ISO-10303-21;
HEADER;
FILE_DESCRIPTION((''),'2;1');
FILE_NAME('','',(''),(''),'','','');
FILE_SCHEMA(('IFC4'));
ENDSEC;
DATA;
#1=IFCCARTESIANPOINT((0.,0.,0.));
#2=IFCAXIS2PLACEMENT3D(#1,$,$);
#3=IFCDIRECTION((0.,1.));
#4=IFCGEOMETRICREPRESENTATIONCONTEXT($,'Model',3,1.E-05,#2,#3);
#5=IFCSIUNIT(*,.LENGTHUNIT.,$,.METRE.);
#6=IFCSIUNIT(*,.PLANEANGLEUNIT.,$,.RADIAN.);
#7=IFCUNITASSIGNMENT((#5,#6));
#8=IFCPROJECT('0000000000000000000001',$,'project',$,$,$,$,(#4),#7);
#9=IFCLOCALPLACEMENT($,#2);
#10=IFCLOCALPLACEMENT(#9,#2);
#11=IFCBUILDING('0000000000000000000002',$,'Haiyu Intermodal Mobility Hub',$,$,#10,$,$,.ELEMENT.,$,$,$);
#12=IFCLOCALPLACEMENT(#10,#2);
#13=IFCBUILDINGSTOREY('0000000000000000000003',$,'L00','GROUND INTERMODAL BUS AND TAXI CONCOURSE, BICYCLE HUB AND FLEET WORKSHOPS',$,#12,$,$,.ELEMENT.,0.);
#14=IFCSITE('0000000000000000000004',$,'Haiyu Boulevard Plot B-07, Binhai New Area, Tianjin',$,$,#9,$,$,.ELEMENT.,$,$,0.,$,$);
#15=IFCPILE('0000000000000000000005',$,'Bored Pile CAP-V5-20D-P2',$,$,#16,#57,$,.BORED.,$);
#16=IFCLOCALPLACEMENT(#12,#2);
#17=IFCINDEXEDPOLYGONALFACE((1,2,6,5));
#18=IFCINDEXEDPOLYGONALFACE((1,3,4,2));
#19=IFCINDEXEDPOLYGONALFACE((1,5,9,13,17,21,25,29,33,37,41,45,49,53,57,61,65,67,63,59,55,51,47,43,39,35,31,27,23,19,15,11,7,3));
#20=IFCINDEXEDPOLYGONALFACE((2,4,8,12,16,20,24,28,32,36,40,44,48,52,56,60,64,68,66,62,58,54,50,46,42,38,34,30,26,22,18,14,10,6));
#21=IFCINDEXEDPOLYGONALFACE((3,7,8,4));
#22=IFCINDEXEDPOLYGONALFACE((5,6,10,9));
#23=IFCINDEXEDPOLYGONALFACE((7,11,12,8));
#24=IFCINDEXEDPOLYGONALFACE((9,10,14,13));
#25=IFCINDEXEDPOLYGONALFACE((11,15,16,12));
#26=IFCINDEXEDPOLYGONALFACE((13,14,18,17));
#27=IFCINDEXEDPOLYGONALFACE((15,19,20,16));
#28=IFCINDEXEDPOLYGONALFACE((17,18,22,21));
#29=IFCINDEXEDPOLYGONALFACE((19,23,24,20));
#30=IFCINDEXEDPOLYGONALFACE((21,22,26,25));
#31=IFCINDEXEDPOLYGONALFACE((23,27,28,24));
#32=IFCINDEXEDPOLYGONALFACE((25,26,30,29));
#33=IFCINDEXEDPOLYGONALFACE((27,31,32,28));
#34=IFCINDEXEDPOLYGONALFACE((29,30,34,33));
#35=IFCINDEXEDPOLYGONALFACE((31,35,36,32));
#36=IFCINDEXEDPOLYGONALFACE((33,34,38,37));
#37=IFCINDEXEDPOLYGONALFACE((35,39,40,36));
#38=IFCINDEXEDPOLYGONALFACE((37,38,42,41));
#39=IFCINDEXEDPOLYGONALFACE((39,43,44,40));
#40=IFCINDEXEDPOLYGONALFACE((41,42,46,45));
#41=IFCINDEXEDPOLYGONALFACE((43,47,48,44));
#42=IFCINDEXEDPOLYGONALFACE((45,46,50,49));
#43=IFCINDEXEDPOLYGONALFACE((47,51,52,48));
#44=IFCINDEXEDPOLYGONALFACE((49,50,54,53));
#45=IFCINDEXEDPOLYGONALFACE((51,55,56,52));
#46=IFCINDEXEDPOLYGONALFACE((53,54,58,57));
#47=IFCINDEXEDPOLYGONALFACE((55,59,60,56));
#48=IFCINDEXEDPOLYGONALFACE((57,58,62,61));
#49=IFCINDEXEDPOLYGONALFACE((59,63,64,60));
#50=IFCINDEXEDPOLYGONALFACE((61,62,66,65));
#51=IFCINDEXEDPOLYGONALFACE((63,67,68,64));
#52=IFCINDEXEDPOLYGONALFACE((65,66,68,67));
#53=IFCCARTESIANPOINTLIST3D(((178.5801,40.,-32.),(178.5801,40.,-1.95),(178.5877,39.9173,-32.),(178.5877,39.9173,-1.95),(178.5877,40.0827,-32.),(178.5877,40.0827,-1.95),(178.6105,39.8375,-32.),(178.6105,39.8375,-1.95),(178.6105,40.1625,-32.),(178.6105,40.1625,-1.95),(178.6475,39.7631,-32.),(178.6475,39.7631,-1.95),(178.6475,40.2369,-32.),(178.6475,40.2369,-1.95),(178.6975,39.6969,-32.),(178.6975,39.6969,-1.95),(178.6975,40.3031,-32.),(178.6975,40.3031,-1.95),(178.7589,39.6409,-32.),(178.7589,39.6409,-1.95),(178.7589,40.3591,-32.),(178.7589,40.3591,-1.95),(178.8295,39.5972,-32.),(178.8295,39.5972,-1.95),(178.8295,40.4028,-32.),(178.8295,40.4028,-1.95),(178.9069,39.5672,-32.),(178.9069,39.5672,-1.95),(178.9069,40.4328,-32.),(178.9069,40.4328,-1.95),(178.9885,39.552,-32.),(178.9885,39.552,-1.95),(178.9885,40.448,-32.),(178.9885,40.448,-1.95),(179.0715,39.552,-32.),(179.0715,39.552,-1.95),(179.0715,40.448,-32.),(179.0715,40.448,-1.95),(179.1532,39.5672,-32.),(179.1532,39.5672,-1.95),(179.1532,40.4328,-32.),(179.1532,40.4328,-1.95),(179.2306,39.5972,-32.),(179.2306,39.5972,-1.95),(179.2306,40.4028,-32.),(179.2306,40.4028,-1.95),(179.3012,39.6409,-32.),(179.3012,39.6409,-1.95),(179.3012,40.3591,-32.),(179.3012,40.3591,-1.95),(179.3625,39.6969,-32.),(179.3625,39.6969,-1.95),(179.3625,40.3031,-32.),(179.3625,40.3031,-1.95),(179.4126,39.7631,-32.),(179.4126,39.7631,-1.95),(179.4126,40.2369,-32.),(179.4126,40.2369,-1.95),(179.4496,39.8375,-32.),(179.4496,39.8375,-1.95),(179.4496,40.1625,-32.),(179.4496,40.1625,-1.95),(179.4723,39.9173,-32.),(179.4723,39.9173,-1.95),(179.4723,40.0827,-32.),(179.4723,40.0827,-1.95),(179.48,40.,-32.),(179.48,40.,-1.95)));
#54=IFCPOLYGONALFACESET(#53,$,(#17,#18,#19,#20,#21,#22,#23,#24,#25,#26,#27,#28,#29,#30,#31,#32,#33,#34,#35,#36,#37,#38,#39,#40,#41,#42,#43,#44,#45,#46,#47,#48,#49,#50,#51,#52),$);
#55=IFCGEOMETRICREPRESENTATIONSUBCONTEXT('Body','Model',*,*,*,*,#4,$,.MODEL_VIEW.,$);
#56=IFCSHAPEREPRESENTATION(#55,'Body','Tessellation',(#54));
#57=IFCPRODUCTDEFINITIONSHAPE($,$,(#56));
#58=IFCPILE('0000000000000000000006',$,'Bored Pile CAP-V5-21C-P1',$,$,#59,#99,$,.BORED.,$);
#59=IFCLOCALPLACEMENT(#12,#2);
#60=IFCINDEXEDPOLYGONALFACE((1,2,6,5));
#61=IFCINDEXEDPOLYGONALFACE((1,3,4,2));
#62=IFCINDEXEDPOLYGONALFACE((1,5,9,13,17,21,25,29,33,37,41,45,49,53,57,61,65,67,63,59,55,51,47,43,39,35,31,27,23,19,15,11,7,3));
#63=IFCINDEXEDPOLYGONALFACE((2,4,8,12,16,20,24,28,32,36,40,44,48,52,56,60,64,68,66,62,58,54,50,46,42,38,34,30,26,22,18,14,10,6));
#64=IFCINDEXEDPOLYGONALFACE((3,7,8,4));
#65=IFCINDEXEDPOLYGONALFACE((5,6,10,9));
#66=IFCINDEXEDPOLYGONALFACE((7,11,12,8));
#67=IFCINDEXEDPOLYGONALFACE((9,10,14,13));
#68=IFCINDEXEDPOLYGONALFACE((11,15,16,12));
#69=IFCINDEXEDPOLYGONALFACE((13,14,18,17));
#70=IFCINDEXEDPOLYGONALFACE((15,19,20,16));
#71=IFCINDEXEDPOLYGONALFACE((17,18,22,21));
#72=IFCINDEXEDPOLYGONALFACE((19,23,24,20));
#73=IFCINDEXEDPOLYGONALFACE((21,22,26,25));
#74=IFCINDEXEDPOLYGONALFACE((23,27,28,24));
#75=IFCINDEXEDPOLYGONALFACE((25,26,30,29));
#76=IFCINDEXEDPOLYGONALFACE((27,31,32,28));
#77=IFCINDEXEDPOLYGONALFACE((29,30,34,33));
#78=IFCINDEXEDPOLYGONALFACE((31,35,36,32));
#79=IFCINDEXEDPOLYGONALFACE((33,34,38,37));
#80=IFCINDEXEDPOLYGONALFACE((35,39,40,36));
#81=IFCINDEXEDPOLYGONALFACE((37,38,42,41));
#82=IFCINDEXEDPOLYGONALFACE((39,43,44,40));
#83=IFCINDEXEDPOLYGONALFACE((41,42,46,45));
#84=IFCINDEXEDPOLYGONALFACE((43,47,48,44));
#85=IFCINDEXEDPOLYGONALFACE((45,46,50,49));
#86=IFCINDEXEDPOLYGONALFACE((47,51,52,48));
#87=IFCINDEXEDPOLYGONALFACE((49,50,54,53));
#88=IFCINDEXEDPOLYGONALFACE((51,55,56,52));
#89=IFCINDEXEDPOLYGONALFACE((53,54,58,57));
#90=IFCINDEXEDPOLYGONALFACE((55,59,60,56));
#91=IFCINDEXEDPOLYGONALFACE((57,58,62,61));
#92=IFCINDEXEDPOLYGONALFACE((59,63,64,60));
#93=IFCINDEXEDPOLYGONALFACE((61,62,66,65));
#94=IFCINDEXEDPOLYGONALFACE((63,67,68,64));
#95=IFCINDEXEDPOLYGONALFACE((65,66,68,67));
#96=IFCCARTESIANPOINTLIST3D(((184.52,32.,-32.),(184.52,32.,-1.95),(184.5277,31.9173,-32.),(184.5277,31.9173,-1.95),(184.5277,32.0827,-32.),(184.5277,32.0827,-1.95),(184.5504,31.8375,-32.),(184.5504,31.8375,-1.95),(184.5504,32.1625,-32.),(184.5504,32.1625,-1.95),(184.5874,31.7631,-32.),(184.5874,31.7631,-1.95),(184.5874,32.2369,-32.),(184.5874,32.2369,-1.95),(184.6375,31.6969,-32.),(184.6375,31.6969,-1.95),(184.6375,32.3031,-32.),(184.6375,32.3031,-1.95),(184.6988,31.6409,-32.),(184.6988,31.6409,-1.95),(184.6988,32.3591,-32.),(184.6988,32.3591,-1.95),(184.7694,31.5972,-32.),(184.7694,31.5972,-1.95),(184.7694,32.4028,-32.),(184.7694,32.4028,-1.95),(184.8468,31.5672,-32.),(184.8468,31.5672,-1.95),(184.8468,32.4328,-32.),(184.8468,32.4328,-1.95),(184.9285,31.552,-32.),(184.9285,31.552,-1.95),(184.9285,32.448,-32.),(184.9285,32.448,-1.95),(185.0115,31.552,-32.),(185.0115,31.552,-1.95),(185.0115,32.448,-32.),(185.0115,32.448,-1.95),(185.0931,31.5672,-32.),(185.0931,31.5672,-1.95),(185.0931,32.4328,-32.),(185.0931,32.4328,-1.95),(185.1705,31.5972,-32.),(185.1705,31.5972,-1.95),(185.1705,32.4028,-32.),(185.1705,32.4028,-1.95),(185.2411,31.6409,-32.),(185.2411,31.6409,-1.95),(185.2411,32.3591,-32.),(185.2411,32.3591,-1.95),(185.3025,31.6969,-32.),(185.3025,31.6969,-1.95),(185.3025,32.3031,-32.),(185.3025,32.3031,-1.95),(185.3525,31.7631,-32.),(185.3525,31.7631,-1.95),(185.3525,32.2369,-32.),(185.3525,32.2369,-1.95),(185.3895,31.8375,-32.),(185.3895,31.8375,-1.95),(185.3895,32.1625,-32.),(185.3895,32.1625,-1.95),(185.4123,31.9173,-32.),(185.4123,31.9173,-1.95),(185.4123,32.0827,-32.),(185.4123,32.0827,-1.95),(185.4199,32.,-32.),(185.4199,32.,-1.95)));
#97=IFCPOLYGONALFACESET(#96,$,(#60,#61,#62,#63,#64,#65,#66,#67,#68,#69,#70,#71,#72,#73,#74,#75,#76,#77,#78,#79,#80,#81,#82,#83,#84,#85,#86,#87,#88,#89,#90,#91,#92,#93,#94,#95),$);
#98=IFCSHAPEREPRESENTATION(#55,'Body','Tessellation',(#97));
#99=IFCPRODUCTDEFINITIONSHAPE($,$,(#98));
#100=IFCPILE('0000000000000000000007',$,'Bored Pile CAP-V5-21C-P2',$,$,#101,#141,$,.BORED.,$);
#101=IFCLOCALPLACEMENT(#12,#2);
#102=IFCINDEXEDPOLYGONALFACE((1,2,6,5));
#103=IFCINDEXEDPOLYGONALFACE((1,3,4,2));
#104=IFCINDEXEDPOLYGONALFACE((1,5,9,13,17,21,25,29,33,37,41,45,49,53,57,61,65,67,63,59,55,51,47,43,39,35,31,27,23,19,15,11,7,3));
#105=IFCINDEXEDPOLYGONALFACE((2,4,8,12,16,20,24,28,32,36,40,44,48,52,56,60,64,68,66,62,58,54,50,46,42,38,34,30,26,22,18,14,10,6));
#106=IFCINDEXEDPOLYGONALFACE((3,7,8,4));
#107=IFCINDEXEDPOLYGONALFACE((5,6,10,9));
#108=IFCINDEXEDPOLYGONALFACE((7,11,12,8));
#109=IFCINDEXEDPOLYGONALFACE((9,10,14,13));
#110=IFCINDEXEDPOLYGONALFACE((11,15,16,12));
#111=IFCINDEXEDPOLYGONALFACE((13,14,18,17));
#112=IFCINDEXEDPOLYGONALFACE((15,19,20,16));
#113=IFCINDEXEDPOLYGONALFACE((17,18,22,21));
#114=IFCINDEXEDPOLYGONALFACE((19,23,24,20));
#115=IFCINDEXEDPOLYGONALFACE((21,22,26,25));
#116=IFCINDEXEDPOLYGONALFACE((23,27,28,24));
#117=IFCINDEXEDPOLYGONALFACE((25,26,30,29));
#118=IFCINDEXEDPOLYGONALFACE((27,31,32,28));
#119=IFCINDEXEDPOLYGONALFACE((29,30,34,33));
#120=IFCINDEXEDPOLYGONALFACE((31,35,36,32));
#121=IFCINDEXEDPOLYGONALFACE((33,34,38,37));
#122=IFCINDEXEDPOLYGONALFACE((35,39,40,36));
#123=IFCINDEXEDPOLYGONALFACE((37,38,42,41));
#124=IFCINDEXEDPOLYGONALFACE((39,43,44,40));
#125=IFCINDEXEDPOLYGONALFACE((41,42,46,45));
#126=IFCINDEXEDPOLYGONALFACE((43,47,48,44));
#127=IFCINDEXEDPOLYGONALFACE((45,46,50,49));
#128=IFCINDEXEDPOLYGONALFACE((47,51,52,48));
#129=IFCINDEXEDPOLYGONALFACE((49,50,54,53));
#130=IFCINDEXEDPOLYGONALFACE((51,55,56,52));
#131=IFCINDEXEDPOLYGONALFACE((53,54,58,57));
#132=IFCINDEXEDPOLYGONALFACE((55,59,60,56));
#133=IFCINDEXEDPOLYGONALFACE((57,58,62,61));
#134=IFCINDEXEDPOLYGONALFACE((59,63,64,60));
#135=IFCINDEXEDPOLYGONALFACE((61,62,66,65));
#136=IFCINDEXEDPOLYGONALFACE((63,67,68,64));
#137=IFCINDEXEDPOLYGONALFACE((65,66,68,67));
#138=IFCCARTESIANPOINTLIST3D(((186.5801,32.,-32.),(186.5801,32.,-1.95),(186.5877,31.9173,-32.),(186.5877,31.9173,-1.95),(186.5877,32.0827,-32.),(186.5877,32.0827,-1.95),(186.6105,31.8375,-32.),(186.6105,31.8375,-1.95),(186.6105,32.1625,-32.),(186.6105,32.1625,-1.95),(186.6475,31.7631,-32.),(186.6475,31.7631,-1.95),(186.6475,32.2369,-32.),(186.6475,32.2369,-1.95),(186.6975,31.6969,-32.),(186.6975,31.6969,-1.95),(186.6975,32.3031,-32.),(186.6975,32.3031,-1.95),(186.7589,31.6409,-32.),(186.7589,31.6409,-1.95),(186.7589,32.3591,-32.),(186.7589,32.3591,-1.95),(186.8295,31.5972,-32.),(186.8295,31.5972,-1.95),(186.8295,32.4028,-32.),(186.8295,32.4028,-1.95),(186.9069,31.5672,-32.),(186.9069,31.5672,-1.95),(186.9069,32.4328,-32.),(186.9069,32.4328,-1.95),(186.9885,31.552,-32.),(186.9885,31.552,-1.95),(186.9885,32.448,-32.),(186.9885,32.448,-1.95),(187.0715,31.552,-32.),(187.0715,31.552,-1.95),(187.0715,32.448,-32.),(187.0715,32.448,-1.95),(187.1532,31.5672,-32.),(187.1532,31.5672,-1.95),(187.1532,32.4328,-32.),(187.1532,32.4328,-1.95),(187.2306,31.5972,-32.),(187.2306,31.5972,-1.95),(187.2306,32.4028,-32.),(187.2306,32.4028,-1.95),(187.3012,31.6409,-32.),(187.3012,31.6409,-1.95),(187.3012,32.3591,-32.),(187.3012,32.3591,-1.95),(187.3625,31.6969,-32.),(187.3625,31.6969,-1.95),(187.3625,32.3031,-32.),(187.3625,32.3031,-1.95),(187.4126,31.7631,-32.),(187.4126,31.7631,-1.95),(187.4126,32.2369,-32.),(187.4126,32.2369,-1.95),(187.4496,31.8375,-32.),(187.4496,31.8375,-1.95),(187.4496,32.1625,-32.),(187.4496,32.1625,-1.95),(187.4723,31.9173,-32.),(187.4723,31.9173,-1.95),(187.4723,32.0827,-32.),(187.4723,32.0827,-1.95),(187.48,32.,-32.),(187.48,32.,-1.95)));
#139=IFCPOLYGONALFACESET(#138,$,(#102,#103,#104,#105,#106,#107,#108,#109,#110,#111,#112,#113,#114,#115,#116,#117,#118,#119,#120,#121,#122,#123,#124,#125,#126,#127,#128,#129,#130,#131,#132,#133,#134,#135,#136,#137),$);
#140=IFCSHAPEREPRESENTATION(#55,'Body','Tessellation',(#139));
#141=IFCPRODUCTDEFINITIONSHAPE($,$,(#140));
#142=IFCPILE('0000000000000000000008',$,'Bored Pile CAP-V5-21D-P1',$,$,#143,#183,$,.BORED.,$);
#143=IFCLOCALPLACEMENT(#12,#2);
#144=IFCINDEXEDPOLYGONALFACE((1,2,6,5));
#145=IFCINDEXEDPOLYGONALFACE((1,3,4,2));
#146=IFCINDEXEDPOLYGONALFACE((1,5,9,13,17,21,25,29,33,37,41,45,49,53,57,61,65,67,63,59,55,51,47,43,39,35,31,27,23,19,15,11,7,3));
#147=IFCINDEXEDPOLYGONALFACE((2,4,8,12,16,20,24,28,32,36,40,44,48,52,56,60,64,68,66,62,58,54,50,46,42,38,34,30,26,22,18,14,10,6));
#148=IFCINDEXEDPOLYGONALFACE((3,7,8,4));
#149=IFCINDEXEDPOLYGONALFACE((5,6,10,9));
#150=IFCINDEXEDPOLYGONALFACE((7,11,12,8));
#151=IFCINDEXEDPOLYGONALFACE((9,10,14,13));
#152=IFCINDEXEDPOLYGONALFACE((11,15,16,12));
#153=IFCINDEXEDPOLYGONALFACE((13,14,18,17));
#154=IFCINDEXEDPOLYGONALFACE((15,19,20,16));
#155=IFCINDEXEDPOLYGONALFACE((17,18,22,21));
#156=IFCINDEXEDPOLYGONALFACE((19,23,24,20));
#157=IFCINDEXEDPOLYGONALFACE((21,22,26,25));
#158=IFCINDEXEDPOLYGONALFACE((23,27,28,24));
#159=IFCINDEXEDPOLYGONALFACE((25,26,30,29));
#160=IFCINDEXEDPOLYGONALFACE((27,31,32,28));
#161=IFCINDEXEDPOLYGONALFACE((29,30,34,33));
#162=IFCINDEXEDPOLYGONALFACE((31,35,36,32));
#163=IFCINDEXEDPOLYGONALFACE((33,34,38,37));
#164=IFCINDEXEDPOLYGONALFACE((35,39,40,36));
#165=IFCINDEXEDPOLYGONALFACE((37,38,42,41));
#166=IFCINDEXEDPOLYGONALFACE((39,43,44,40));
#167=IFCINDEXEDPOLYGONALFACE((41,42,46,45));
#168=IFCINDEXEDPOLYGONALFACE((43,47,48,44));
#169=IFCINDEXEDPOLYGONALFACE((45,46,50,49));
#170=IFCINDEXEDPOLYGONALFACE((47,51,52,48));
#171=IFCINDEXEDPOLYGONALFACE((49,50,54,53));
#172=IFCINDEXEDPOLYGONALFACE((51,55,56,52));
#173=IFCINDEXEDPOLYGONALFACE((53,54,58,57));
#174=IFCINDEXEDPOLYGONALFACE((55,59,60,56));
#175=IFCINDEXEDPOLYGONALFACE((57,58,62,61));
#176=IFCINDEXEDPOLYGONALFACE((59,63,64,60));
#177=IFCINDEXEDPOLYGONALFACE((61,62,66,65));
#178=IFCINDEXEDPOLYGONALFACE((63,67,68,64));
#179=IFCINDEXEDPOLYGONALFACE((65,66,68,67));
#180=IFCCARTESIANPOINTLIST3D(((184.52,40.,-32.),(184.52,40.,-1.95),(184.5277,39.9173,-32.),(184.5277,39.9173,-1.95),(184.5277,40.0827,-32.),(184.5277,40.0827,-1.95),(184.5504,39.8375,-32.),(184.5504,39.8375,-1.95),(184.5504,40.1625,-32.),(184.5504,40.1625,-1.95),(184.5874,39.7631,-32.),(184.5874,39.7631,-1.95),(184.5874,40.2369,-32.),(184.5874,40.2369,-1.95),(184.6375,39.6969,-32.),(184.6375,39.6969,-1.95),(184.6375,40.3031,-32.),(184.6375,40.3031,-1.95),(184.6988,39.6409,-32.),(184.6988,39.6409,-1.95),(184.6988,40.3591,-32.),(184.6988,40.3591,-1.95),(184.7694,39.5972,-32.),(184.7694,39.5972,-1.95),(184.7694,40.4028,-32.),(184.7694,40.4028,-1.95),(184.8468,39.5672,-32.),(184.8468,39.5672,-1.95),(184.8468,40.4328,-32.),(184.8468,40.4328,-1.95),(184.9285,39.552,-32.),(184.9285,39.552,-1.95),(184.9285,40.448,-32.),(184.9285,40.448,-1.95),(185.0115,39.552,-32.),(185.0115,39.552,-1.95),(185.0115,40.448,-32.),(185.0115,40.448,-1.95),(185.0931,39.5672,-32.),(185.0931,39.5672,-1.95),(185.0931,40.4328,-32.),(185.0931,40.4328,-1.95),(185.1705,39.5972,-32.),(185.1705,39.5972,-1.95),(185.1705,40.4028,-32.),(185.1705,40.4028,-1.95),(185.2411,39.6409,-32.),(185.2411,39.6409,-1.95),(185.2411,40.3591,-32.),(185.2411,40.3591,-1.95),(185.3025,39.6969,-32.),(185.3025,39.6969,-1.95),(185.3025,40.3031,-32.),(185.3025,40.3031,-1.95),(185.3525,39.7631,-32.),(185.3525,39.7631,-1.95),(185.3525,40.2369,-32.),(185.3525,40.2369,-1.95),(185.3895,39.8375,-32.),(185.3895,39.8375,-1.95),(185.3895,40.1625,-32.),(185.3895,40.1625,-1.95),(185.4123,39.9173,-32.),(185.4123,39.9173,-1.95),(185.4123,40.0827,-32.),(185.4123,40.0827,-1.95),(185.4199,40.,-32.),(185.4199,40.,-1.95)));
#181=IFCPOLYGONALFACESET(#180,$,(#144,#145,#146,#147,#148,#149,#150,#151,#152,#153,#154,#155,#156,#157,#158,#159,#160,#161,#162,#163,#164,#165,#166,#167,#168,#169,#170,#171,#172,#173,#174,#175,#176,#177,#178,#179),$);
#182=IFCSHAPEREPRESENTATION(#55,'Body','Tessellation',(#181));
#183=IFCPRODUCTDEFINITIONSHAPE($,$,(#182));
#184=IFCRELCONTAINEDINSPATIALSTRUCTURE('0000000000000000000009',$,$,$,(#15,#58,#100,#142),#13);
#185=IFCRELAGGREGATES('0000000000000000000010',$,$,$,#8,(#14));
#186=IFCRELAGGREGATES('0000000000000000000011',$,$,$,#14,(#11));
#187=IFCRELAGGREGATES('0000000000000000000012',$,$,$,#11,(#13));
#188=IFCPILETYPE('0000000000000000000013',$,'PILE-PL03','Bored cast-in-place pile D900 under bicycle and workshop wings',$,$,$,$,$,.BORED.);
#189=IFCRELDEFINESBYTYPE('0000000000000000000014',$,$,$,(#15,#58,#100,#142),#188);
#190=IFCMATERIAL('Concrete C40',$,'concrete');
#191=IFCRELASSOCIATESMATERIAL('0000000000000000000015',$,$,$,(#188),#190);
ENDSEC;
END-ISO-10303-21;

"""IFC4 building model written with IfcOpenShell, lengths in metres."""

from ifc_helpers import new_model, si_unit, direction, frame, origin, origin_2d, place, context, subcontext, project, spatial, circle, extrude, material, material_profile, profile_set, type_object, element, save


model = new_model("IFC4")

# Units and contexts
model_context = context("Model", 3, precision=1e-05, world=origin(), true_north=direction((0.0, 1.0)))
body_context = subcontext(model_context, "Body", "Model", "MODEL_VIEW")
ifc_project = project(units=[si_unit("LENGTHUNIT", "METRE"), si_unit("PLANEANGLEUNIT", "RADIAN")], contexts=[model_context])

# Site, building, storey
site_placement = place(None, origin())
site = spatial("IfcSite", under=ifc_project, at=site_placement, Name="Haiyu Boulevard Plot B-07, Binhai New Area, Tianjin", CompositionType="ELEMENT", RefElevation=0.0)
building_placement = place(site_placement, origin())
building = spatial("IfcBuilding", under=site, at=building_placement, Name="Haiyu Intermodal Mobility Hub", CompositionType="ELEMENT")
storey_placement = place(building_placement, origin())
storey = spatial("IfcBuildingStorey", under=building, at=storey_placement, Name="L00", Description="GROUND INTERMODAL BUS AND TAXI CONCOURSE, BICYCLE HUB AND FLEET WORKSHOPS", CompositionType="ELEMENT", Elevation=0.0)

# Shared definitions
ifc_material = material(Name="Concrete C40", Category="concrete")

# Piles
ifc_material_profile_1 = material_profile(ifc_material, circle(Radius=0.45, at=origin_2d()), Name="PILE-D900")
ifc_profile_set_1 = profile_set([ifc_material_profile_1], Name="Concrete C40")
pile_type = type_object("IfcPileType", Name="PILE-PL03", Description="Bored cast-in-place pile D900 under bicycle and workshop wings", PredefinedType="BORED", material=ifc_profile_set_1)
for number, where, z_axis, x_axis, name in (
    (1, (179.03, 40.0, -1.95), (0.0, 0.0, -1.0), (1.0, 0.0, 0.0), "Bored Pile CAP-V5-20D-P2"),
    (2, (184.97, 32.0, -1.95), (0.0, 0.0, -1.0), (1.0, 0.0, 0.0), "Bored Pile CAP-V5-21C-P1"),
    (3, (187.03, 32.0, -1.95), (0.0, 0.0, -1.0), (1.0, 0.0, 0.0), "Bored Pile CAP-V5-21C-P2"),
    (4, (184.97, 40.0, -1.95), (0.0, 0.0, -1.0), (1.0, 0.0, 0.0), "Bored Pile CAP-V5-21D-P1"),
):
    element("IfcPile", number, at=place(storey_placement, frame(where, z_axis=z_axis, x_axis=x_axis)), inside=storey, type_object=pile_type, Name=name, PredefinedType="BORED", context=body_context, shape_type="SweptSolid", body=[
        extrude(circle(Radius=0.45, at=origin_2d()), origin(), (0.0, 0.0, 1.0), 30.05),
    ])

save(model, "model.ifc")
